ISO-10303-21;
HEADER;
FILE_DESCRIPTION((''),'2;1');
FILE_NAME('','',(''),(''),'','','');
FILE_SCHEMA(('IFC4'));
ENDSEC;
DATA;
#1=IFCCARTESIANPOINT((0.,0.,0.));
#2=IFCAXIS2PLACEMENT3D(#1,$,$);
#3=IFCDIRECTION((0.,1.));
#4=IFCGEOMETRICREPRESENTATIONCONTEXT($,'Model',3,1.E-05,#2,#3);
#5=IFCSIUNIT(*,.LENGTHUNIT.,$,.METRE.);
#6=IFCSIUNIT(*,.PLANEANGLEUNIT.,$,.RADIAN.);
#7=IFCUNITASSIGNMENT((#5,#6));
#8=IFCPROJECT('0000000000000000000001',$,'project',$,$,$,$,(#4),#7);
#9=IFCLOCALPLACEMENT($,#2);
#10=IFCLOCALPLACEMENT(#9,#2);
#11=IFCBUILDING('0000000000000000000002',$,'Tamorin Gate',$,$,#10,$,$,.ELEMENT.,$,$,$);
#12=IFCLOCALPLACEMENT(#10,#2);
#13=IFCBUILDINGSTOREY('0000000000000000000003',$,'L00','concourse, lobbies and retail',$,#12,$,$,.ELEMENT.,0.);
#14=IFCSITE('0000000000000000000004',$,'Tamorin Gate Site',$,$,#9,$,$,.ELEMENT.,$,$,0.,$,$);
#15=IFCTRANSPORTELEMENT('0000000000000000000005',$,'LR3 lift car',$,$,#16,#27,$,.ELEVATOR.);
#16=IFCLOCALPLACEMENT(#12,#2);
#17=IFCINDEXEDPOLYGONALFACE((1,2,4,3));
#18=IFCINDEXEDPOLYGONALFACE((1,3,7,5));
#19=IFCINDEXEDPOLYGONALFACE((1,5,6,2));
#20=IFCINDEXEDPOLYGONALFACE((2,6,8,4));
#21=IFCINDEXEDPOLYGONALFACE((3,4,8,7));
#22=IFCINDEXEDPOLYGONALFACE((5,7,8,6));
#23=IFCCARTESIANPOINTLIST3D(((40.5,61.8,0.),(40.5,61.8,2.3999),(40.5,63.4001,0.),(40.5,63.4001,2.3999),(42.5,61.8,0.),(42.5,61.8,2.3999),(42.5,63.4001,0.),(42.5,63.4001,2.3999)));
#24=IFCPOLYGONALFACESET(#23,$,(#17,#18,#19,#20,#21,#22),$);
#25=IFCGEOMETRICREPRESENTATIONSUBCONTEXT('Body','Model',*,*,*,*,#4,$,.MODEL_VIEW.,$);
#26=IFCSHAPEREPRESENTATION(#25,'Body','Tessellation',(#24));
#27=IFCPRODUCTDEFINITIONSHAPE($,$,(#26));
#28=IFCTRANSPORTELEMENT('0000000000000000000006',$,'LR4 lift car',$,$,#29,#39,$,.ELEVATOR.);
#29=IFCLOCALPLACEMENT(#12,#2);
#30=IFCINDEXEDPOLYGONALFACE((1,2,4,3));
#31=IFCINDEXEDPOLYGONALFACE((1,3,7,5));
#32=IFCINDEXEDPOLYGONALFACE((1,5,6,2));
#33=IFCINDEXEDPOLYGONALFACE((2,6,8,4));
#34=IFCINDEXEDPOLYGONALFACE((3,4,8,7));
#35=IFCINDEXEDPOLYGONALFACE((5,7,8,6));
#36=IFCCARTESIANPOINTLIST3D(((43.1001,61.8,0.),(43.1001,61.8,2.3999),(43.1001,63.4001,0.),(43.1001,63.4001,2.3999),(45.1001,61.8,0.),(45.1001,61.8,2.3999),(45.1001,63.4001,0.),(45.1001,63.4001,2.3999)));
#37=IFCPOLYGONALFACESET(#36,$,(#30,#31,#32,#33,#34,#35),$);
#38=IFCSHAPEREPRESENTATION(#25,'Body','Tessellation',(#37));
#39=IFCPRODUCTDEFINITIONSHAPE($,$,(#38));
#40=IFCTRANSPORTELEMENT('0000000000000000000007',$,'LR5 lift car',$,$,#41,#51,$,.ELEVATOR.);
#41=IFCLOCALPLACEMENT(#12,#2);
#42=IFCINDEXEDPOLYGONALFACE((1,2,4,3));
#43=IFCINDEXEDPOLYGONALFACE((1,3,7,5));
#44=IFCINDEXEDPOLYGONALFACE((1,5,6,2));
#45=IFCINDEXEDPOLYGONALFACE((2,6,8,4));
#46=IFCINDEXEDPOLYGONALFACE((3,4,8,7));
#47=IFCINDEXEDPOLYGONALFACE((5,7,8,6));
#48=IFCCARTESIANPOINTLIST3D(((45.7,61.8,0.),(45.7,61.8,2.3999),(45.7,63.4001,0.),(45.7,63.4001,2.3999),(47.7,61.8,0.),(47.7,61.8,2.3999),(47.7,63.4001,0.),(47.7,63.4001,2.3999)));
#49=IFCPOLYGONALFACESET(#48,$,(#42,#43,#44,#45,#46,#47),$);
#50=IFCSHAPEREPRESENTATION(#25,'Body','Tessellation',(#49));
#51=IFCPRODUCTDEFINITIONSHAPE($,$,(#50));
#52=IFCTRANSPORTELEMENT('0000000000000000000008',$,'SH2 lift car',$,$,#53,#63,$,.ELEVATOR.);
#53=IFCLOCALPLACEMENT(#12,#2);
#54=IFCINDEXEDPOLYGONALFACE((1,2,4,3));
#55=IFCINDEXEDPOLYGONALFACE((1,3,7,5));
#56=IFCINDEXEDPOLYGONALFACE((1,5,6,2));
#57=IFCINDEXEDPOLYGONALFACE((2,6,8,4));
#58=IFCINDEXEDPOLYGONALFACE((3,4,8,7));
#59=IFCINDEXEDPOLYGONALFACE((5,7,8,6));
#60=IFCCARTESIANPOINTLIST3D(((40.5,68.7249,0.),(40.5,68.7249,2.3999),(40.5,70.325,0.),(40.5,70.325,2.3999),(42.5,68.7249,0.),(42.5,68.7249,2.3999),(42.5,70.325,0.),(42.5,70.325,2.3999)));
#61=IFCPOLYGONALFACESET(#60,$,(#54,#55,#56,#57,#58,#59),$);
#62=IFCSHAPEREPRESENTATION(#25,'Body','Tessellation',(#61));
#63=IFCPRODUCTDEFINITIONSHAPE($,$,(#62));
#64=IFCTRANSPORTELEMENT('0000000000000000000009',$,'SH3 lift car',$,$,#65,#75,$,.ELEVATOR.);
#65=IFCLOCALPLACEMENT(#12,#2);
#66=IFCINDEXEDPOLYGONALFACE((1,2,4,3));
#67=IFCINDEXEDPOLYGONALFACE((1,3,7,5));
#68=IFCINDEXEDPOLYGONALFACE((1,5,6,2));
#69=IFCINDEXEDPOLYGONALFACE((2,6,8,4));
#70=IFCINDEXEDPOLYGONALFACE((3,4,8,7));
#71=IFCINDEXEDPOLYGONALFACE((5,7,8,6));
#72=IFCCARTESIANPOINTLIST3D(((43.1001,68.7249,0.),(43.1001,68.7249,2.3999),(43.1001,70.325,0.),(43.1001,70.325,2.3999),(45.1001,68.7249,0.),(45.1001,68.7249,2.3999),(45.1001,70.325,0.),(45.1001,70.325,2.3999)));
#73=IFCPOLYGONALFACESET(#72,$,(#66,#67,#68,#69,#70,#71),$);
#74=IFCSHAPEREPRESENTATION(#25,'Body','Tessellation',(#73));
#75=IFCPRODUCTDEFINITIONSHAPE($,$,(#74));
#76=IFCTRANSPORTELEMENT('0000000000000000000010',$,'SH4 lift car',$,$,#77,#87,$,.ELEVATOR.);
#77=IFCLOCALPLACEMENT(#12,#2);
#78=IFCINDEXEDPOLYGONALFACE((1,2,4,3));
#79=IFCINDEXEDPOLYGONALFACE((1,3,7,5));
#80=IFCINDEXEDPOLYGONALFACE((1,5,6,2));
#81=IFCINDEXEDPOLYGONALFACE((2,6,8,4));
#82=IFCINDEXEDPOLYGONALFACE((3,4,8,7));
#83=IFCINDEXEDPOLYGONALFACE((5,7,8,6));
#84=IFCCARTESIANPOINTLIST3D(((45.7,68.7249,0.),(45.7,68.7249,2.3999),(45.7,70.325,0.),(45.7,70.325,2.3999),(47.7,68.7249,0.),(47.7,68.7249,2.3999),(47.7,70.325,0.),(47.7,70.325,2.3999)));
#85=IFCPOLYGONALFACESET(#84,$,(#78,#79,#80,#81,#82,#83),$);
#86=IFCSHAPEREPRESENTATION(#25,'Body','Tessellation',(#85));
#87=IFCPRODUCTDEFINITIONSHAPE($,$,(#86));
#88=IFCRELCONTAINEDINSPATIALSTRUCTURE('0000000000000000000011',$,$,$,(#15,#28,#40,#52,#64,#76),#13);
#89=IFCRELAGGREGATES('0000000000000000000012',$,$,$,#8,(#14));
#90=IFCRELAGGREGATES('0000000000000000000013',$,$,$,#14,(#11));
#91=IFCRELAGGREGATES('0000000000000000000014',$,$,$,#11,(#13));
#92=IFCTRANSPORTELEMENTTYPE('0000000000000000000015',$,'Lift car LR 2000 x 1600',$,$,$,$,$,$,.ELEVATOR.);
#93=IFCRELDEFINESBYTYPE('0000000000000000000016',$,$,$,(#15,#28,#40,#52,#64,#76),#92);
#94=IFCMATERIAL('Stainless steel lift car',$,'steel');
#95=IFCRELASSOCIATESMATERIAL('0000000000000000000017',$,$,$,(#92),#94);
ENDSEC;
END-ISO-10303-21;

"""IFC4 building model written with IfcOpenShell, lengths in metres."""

from ifc_helpers import new_model, si_unit, direction, frame, origin, origin_2d, place, context, subcontext, project, spatial, rectangle, extrude, material, type_object, element, save


model = new_model("IFC4")

# Units and contexts
model_context = context("Model", 3, precision=1e-05, world=origin(), true_north=direction((0.0, 1.0)))
body_context = subcontext(model_context, "Body", "Model", "MODEL_VIEW")
ifc_project = project(units=[si_unit("LENGTHUNIT", "METRE"), si_unit("PLANEANGLEUNIT", "RADIAN")], contexts=[model_context])

# Site, building, storey
site_placement = place(None, origin())
site = spatial("IfcSite", under=ifc_project, at=site_placement, Name="Tamorin Gate Site", CompositionType="ELEMENT", RefElevation=0.0)
building_placement = place(site_placement, origin())
building = spatial("IfcBuilding", under=site, at=building_placement, Name="Tamorin Gate", CompositionType="ELEMENT")
storey_placement = place(building_placement, origin())
storey = spatial("IfcBuildingStorey", under=building, at=storey_placement, Name="L00", Description="concourse, lobbies and retail", CompositionType="ELEMENT", Elevation=0.0)

# Transport elements
ifc_material_1 = material(Name="Stainless steel lift car", Category="steel")
transport_element_type = type_object("IfcTransportElementType", Name="Lift car LR 2000 x 1600", PredefinedType="ELEVATOR", material=ifc_material_1)
for number, where, z_axis, x_axis, name in (
    (1, (41.5, 62.6001, 0.0), (0.0, 0.0, 1.0), (1.0, 0.0, 0.0), "LR3 lift car"),
    (2, (44.1001, 62.6001, 0.0), (0.0, 0.0, 1.0), (1.0, 0.0, 0.0), "LR4 lift car"),
    (3, (46.7, 62.6001, 0.0), (0.0, 0.0, 1.0), (1.0, 0.0, 0.0), "LR5 lift car"),
    (4, (41.5, 69.5249, 0.0), (0.0, 0.0, 1.0), (1.0, 0.0, 0.0), "SH2 lift car"),
    (5, (44.1001, 69.5249, 0.0), (0.0, 0.0, 1.0), (1.0, 0.0, 0.0), "SH3 lift car"),
    (6, (46.7, 69.5249, 0.0), (0.0, 0.0, 1.0), (1.0, 0.0, 0.0), "SH4 lift car"),
):
    element("IfcTransportElement", number, at=place(storey_placement, frame(where, z_axis=z_axis, x_axis=x_axis)), inside=storey, type_object=transport_element_type, Name=name, PredefinedType="ELEVATOR", context=body_context, shape_type="SweptSolid", body=[
        extrude(rectangle(XDim=2.0, YDim=1.6001, at=origin_2d()), origin(), (0.0, 0.0, 1.0), 2.3999),
    ])

save(model, "model.ifc")
